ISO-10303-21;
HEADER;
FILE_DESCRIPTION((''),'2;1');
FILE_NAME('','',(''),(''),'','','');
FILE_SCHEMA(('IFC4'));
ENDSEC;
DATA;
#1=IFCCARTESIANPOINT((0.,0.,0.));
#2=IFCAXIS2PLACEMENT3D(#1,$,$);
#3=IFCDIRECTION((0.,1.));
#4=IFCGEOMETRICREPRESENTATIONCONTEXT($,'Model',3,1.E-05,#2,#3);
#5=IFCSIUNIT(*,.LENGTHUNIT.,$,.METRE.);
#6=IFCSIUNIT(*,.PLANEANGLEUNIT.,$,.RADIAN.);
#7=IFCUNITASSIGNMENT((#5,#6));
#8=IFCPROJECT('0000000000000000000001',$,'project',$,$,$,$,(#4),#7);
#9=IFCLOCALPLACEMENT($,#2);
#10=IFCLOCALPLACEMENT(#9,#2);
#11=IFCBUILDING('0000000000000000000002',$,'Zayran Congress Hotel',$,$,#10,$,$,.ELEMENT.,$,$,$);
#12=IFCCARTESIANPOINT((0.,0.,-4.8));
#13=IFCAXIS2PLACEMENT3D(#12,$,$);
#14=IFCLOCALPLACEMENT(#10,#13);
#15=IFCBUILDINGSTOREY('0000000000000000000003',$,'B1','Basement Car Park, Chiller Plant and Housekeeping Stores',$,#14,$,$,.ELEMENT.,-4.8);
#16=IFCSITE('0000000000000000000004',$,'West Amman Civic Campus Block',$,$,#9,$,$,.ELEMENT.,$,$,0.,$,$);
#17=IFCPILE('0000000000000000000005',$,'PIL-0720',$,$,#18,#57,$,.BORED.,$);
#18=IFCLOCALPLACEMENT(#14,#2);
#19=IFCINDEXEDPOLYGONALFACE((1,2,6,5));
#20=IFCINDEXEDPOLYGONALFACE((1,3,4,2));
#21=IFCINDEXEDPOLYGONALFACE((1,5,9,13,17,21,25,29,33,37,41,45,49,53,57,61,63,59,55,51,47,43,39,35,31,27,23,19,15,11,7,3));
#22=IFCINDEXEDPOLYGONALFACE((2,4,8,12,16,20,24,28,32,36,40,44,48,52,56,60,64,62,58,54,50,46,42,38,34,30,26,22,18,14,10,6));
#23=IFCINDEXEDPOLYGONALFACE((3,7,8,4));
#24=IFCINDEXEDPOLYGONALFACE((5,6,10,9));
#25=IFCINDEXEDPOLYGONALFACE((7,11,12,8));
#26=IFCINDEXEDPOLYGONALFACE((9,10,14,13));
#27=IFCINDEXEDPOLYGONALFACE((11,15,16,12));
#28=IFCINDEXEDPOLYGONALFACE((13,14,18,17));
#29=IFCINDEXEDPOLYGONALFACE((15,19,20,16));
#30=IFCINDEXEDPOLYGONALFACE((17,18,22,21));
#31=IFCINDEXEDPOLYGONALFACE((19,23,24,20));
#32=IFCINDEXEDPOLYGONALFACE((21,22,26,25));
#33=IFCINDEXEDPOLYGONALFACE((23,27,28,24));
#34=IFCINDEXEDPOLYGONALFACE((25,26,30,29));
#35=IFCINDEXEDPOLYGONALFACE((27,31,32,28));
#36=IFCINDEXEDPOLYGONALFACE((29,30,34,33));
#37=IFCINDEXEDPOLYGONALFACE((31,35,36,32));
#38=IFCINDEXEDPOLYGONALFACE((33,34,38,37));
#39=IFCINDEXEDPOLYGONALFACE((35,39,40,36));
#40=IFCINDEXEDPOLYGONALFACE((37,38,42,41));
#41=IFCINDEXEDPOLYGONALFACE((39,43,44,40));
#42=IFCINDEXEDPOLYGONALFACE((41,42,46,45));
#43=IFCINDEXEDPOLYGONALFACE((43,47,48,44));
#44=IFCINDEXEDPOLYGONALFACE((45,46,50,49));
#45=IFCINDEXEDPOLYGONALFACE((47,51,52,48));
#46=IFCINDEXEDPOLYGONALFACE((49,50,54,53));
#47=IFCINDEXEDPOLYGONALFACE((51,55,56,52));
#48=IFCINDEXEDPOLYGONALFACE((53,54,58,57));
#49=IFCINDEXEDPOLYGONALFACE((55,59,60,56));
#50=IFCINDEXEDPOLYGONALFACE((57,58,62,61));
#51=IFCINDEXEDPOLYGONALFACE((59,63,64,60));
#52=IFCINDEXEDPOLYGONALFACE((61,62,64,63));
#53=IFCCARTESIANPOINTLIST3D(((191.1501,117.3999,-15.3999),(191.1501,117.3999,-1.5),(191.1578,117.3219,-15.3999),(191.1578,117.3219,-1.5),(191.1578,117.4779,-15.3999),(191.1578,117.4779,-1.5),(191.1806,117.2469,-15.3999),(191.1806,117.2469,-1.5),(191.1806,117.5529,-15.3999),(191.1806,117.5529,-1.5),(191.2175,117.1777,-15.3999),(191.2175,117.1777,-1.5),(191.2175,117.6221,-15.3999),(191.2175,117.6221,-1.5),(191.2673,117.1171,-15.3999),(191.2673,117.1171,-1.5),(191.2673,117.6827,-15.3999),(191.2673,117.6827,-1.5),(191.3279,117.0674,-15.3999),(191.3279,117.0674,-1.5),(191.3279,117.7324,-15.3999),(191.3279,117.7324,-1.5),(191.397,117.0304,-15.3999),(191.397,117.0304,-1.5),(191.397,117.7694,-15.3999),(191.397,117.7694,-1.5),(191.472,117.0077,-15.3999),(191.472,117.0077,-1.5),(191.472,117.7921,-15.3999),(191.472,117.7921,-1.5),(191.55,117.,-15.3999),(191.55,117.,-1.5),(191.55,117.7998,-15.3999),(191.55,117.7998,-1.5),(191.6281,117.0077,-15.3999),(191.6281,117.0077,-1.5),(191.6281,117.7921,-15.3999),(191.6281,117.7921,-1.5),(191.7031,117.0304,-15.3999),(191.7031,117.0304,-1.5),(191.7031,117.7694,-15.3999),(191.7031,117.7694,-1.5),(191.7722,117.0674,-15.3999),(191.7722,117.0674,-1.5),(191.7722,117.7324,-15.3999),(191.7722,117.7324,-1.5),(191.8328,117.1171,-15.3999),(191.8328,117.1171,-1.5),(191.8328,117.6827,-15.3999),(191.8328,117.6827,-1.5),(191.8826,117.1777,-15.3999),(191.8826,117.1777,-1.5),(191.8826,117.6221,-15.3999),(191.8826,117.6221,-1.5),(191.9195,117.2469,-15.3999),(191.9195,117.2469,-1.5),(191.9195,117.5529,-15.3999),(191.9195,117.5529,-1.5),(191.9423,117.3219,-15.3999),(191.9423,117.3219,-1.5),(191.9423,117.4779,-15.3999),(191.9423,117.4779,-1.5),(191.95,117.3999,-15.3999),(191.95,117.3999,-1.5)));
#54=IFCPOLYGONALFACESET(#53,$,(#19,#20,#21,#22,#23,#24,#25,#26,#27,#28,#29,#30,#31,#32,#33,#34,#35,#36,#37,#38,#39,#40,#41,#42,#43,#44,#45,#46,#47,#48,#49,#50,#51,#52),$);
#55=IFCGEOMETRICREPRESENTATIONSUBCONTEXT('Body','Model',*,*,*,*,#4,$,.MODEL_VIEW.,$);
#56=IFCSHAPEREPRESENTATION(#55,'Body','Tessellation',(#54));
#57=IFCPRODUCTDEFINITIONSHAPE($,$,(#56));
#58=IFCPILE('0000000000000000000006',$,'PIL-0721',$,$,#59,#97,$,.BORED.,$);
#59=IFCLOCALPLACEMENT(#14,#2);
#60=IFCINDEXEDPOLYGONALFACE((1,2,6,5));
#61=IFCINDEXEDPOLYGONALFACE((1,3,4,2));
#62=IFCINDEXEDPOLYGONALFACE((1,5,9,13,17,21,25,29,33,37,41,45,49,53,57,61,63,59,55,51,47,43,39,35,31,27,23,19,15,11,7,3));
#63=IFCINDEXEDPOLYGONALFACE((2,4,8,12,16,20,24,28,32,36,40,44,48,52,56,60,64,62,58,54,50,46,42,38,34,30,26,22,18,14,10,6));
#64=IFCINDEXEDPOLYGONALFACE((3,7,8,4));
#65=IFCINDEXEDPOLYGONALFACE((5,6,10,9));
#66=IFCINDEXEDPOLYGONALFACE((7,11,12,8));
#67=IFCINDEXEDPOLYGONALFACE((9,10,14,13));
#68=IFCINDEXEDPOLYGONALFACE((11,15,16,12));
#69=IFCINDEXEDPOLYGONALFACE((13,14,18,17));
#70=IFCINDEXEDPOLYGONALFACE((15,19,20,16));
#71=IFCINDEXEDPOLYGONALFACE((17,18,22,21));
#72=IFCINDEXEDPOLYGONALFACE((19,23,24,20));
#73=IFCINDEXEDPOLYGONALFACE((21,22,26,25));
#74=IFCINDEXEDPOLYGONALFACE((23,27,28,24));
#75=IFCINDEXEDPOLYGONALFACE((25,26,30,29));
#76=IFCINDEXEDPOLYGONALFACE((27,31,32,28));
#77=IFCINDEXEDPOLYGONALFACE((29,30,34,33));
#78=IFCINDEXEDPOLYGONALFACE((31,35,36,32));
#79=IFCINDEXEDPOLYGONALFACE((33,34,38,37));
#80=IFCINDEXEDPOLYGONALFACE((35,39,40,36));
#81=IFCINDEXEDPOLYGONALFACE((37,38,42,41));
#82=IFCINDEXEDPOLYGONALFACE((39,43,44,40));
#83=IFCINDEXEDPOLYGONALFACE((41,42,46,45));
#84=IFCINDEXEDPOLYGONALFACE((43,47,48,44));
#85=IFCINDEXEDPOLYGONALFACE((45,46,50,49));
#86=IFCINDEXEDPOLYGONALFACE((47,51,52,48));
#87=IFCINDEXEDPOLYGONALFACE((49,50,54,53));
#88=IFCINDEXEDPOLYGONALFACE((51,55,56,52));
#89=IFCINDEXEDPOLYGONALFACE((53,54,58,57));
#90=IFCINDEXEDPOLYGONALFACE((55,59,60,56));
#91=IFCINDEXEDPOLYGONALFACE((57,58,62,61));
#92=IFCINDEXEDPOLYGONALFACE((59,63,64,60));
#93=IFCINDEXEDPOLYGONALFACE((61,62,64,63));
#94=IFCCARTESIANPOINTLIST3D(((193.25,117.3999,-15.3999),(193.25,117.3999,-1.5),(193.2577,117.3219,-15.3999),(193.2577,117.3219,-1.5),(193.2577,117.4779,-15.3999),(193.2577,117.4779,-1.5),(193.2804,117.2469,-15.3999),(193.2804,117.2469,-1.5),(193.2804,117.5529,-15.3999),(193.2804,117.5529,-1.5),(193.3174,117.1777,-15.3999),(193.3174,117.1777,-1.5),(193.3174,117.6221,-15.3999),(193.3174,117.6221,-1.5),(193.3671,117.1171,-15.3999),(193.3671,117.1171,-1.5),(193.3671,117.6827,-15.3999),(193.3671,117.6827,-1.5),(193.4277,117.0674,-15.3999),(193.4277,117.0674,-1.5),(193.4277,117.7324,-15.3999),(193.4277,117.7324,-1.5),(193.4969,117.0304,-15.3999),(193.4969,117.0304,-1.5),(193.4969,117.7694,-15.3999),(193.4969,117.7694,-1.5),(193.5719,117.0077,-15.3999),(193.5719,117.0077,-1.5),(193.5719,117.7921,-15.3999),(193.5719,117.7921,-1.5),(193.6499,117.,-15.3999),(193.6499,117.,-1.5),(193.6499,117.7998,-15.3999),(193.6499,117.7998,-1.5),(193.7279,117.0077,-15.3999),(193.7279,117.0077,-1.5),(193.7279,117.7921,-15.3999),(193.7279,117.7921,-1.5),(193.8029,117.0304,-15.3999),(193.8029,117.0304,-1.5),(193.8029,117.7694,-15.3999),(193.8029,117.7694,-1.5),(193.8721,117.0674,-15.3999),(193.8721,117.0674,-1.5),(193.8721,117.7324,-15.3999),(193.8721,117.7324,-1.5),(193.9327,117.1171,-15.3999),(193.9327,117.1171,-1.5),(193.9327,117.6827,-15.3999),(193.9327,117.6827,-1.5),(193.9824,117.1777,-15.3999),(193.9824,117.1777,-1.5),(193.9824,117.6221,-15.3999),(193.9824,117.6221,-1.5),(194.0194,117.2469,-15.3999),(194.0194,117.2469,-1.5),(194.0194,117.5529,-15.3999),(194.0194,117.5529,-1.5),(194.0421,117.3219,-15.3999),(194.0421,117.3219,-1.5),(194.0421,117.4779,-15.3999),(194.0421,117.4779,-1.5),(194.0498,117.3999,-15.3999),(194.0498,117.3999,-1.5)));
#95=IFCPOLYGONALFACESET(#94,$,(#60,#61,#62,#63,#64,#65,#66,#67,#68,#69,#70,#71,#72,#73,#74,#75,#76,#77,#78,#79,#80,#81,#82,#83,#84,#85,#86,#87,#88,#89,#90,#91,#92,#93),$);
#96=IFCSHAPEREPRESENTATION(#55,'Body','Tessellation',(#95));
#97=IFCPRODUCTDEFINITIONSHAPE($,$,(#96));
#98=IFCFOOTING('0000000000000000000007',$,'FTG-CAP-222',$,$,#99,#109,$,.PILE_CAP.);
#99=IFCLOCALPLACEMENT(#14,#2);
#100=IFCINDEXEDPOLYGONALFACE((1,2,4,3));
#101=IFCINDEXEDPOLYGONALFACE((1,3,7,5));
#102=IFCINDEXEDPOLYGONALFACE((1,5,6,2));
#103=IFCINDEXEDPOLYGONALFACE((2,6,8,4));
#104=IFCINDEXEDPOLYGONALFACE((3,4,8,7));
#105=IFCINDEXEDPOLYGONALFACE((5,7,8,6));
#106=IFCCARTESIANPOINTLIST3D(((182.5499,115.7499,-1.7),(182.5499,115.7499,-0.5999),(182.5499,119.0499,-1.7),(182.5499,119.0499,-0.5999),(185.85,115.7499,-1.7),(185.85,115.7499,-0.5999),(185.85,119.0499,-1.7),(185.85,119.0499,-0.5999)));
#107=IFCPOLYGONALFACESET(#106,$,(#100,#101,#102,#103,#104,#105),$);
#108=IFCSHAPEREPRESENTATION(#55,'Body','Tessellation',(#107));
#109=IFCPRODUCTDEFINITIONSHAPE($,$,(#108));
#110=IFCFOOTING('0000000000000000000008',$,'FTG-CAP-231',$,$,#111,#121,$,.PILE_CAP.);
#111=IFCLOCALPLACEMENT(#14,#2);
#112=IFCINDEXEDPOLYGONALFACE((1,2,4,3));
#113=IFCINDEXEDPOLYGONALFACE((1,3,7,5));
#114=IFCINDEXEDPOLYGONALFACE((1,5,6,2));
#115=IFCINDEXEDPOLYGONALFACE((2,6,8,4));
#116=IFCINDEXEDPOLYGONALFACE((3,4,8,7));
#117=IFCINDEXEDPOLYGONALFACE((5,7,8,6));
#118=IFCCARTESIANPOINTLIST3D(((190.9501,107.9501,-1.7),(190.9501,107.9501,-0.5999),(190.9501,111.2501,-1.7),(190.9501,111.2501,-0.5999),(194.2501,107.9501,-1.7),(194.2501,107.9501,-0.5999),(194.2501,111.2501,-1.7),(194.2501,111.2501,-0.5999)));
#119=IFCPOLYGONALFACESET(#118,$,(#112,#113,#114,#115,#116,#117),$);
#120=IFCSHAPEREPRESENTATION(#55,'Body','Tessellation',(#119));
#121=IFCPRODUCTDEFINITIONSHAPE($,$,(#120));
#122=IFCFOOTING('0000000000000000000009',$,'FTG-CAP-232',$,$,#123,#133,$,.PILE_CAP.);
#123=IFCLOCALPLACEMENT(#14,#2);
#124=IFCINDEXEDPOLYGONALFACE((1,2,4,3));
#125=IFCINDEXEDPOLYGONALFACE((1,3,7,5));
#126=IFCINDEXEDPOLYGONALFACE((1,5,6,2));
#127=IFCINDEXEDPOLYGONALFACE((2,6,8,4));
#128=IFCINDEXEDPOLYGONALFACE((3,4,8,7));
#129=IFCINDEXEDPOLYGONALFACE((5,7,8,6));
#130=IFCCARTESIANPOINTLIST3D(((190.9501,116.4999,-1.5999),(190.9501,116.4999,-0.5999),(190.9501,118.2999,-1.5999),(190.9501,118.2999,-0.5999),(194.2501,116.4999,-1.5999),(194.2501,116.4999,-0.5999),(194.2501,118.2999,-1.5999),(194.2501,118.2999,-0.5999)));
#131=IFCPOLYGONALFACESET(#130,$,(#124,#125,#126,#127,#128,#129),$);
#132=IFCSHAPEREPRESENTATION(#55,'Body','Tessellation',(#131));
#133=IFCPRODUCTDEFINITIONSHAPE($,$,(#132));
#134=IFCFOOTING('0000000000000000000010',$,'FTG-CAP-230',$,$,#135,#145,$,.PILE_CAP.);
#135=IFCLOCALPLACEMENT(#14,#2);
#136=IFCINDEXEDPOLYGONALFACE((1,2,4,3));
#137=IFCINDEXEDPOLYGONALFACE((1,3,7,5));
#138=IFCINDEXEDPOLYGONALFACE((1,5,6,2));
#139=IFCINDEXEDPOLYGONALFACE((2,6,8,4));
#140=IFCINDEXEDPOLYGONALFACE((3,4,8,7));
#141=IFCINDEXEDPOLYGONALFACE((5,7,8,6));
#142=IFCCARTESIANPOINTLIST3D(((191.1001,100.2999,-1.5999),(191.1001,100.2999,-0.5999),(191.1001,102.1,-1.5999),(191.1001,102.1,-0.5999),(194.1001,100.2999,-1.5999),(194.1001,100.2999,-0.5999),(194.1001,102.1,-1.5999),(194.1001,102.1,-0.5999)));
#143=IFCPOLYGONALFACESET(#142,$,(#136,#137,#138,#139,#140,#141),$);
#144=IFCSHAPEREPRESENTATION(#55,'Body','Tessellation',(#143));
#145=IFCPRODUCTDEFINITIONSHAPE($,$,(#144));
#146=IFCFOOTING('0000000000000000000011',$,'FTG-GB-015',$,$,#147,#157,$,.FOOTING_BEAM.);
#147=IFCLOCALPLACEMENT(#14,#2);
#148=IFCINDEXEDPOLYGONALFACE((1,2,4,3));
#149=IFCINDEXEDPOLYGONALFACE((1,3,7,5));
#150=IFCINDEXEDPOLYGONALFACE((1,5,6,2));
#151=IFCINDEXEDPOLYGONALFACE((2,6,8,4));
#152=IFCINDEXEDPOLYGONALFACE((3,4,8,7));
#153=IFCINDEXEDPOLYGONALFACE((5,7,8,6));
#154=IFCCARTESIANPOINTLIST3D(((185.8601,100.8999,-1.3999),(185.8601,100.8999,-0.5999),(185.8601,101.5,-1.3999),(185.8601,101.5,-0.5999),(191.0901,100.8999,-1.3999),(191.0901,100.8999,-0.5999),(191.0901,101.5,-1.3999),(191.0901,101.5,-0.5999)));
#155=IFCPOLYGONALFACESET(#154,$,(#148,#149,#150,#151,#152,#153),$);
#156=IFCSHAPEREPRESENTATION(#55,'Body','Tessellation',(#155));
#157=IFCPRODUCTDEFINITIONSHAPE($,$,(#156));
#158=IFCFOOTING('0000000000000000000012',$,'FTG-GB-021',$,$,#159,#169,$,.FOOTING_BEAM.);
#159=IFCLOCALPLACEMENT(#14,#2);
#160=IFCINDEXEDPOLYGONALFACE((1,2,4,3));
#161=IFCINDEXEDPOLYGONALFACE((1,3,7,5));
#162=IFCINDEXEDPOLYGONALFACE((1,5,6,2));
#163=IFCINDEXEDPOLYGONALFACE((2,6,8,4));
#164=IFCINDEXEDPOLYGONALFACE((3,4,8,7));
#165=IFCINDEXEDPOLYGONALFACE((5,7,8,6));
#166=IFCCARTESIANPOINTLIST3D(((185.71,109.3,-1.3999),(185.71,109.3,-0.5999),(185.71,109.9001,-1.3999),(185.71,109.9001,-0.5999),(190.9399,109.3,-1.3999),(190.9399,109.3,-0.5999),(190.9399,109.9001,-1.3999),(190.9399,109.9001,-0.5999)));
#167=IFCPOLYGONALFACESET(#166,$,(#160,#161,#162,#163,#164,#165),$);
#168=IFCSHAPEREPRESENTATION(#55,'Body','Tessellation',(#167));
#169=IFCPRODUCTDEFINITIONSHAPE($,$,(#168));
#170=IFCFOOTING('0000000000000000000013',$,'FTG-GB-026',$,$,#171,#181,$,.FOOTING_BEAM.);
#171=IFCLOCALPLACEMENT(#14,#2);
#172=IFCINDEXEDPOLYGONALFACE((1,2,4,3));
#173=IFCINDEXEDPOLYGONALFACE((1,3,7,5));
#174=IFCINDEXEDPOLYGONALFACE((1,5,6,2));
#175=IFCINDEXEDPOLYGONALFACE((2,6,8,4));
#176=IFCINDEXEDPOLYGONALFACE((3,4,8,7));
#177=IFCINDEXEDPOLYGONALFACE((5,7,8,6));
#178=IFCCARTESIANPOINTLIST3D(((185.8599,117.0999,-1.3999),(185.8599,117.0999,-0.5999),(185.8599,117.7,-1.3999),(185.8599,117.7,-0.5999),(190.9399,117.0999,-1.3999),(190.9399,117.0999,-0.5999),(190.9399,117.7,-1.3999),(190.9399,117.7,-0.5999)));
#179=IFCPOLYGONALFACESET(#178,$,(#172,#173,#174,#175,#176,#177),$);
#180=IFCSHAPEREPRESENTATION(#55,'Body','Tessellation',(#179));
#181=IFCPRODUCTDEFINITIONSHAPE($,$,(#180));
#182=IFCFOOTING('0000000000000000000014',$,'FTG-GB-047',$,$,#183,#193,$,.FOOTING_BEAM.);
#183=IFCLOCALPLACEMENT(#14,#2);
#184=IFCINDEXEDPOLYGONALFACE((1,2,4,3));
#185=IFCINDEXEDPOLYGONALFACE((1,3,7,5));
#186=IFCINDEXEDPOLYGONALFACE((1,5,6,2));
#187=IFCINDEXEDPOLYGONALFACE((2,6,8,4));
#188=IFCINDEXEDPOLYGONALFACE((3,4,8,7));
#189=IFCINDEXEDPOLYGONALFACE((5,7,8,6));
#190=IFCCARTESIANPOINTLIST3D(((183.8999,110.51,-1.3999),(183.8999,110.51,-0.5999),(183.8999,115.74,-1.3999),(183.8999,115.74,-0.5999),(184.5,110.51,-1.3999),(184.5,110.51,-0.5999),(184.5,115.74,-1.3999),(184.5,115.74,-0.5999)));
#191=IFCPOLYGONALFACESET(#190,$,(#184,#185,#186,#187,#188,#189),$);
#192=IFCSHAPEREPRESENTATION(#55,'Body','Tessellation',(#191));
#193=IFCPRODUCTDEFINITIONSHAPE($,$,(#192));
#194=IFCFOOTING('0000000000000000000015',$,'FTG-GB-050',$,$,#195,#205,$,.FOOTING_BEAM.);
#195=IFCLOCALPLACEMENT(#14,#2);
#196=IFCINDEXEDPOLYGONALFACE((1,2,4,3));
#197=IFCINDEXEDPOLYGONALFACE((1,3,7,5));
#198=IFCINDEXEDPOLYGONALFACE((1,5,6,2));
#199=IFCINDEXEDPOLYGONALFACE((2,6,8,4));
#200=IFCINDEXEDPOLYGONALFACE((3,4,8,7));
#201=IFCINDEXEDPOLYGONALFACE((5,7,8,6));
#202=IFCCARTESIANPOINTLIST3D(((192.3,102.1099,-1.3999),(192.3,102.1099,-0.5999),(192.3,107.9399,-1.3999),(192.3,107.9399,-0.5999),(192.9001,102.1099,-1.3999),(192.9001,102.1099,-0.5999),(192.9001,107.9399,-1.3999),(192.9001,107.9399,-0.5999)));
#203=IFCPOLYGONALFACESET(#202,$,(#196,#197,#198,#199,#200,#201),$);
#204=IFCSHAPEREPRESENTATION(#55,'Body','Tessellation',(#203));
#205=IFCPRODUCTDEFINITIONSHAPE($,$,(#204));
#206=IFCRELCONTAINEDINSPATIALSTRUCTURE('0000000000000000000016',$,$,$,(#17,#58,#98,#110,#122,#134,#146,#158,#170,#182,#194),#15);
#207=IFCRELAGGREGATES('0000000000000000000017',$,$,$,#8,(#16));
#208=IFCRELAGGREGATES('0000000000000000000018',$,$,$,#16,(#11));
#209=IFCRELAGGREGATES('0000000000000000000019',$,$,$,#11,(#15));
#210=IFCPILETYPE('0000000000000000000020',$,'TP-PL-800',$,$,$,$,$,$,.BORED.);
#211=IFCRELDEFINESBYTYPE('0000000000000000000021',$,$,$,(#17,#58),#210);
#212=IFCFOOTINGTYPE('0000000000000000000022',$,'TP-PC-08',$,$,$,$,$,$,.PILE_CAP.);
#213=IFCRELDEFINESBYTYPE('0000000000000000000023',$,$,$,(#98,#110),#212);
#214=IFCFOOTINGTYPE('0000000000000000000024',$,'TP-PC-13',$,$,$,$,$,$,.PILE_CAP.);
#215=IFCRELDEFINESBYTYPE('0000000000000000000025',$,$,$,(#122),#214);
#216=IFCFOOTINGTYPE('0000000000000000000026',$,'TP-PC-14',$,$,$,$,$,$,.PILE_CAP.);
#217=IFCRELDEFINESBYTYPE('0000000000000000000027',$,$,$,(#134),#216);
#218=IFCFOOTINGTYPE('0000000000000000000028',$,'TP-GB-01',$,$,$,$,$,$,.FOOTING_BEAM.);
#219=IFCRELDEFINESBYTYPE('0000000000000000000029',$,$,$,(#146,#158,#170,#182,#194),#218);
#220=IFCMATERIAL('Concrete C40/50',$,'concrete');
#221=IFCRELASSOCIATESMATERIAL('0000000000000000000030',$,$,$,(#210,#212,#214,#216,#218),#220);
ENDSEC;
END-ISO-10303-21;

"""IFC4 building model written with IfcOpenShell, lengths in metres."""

from ifc_helpers import new_model, si_unit, direction, frame, origin, origin_2d, place, context, subcontext, project, spatial, rectangle, circle, extrude, material, material_profile, profile_set, type_object, element, save


model = new_model("IFC4")

# Units and contexts
model_context = context("Model", 3, precision=1e-05, world=origin(), true_north=direction((0.0, 1.0)))
body_context = subcontext(model_context, "Body", "Model", "MODEL_VIEW")
ifc_project = project(units=[si_unit("LENGTHUNIT", "METRE"), si_unit("PLANEANGLEUNIT", "RADIAN")], contexts=[model_context])

# Site, building, storey
site_placement = place(None, origin())
site = spatial("IfcSite", under=ifc_project, at=site_placement, Name="West Amman Civic Campus Block", CompositionType="ELEMENT", RefElevation=0.0)
building_placement = place(site_placement, origin())
building = spatial("IfcBuilding", under=site, at=building_placement, Name="Zayran Congress Hotel", CompositionType="ELEMENT")
storey_placement = place(building_placement, frame((0.0, 0.0, -4.8)))
storey = spatial("IfcBuildingStorey", under=building, at=storey_placement, Name="B1", Description="Basement Car Park, Chiller Plant and Housekeeping Stores", CompositionType="ELEMENT", Elevation=-4.8)

# Piles
ifc_material_1 = material(Name="Concrete C40/50", Category="concrete")
ifc_material_profile_1 = material_profile(ifc_material_1, circle(Radius=0.3999, at=origin_2d()), Name="PILE D800")
ifc_profile_set_1 = profile_set([ifc_material_profile_1], Name="Concrete C40/50")
pile_type = type_object("IfcPileType", Name="TP-PL-800", PredefinedType="BORED", material=ifc_profile_set_1)
for number, where, z_axis, x_axis, name in (
    (1, (191.55, 117.3999, -1.5), (0.0, 0.0, -1.0), (1.0, 0.0, 0.0), "PIL-0720"),
    (2, (193.6499, 117.3999, -1.5), (0.0, 0.0, -1.0), (1.0, 0.0, 0.0), "PIL-0721"),
):
    element("IfcPile", number, at=place(storey_placement, frame(where, z_axis=z_axis, x_axis=x_axis)), inside=storey, type_object=pile_type, Name=name, PredefinedType="BORED", context=body_context, shape_type="SweptSolid", body=[
        extrude(circle(Radius=0.3999, at=origin_2d()), origin(), (0.0, 0.0, 1.0), 13.8999),
    ])

# Footings
footing_type_1 = type_object("IfcFootingType", Name="TP-PC-08", PredefinedType="PILE_CAP", material=ifc_material_1)
for number, where, z_axis, x_axis, name in (
    (3, (184.2, 117.3999, -1.7), (0.0, 0.0, 1.0), (1.0, 0.0, 0.0), "FTG-CAP-222"),
    (4, (192.6001, 109.6001, -1.7), (0.0, 0.0, 1.0), (1.0, 0.0, 0.0), "FTG-CAP-231"),
):
    element("IfcFooting", number, at=place(storey_placement, frame(where, z_axis=z_axis, x_axis=x_axis)), inside=storey, type_object=footing_type_1, Name=name, PredefinedType="PILE_CAP", context=body_context, shape_type="SweptSolid", body=[
        extrude(rectangle(XDim=3.3, YDim=3.3, at=origin_2d()), origin(), (0.0, 0.0, 1.0), 1.1001),
    ])
footing_type_2 = type_object("IfcFootingType", Name="TP-PC-13", PredefinedType="PILE_CAP", material=ifc_material_1)
footing_1_placement = place(storey_placement, frame((192.6001, 117.3999, -1.5999), z_axis=(0.0, 0.0, 1.0), x_axis=(1.0, 0.0, 0.0)))
element("IfcFooting", 5, at=footing_1_placement, inside=storey, type_object=footing_type_2, Name="FTG-CAP-232", PredefinedType="PILE_CAP", context=body_context, shape_type="SweptSolid", body=[
    extrude(rectangle(XDim=3.3, YDim=1.8, at=origin_2d()), origin(), (0.0, 0.0, 1.0), 1.0),
])
footing_type_3 = type_object("IfcFootingType", Name="TP-PC-14", PredefinedType="PILE_CAP", material=ifc_material_1)
footing_2_placement = place(storey_placement, frame((192.6001, 101.2, -1.5999), z_axis=(0.0, 0.0, 1.0), x_axis=(1.0, 0.0, 0.0)))
element("IfcFooting", 6, at=footing_2_placement, inside=storey, type_object=footing_type_3, Name="FTG-CAP-230", PredefinedType="PILE_CAP", context=body_context, shape_type="SweptSolid", body=[
    extrude(rectangle(XDim=3.0, YDim=1.8, at=origin_2d()), origin(), (0.0, 0.0, 1.0), 1.0),
])
footing_type_4 = type_object("IfcFootingType", Name="TP-GB-01", PredefinedType="FOOTING_BEAM", material=ifc_material_1)
for number, where, z_axis, x_axis, name in (
    (7, (188.4751, 101.2, -1.3999), (0.0, 0.0, 1.0), (1.0, 0.0, 0.0), "FTG-GB-015"),
    (8, (188.325, 109.6001, -1.3999), (0.0, 0.0, 1.0), (1.0, 0.0, 0.0), "FTG-GB-021"),
):
    element("IfcFooting", number, at=place(storey_placement, frame(where, z_axis=z_axis, x_axis=x_axis)), inside=storey, type_object=footing_type_4, Name=name, PredefinedType="FOOTING_BEAM", context=body_context, shape_type="SweptSolid", body=[
        extrude(rectangle(XDim=5.23, YDim=0.6001, at=origin_2d()), origin(), (0.0, 0.0, 1.0), 0.8),
    ])
footing_3_placement = place(storey_placement, frame((188.3999, 117.3999, -1.3999), z_axis=(0.0, 0.0, 1.0), x_axis=(1.0, 0.0, 0.0)))
element("IfcFooting", 9, at=footing_3_placement, inside=storey, type_object=footing_type_4, Name="FTG-GB-026", PredefinedType="FOOTING_BEAM", context=body_context, shape_type="SweptSolid", body=[
    extrude(rectangle(XDim=5.0801, YDim=0.6001, at=origin_2d()), origin(), (0.0, 0.0, 1.0), 0.8),
])
footing_4_placement = place(storey_placement, frame((184.2, 113.125, -1.3999), z_axis=(0.0, 0.0, 1.0), x_axis=(0.0, 1.0, 0.0)))
element("IfcFooting", 10, at=footing_4_placement, inside=storey, type_object=footing_type_4, Name="FTG-GB-047", PredefinedType="FOOTING_BEAM", context=body_context, shape_type="SweptSolid", body=[
    extrude(rectangle(XDim=5.23, YDim=0.6001, at=origin_2d()), origin(), (0.0, 0.0, 1.0), 0.8),
])
footing_5_placement = place(storey_placement, frame((192.6001, 105.0249, -1.3999), z_axis=(0.0, 0.0, 1.0), x_axis=(0.0, 1.0, 0.0)))
element("IfcFooting", 11, at=footing_5_placement, inside=storey, type_object=footing_type_4, Name="FTG-GB-050", PredefinedType="FOOTING_BEAM", context=body_context, shape_type="SweptSolid", body=[
    extrude(rectangle(XDim=5.8301, YDim=0.6001, at=origin_2d()), origin(), (0.0, 0.0, 1.0), 0.8),
])

save(model, "model.ifc")
